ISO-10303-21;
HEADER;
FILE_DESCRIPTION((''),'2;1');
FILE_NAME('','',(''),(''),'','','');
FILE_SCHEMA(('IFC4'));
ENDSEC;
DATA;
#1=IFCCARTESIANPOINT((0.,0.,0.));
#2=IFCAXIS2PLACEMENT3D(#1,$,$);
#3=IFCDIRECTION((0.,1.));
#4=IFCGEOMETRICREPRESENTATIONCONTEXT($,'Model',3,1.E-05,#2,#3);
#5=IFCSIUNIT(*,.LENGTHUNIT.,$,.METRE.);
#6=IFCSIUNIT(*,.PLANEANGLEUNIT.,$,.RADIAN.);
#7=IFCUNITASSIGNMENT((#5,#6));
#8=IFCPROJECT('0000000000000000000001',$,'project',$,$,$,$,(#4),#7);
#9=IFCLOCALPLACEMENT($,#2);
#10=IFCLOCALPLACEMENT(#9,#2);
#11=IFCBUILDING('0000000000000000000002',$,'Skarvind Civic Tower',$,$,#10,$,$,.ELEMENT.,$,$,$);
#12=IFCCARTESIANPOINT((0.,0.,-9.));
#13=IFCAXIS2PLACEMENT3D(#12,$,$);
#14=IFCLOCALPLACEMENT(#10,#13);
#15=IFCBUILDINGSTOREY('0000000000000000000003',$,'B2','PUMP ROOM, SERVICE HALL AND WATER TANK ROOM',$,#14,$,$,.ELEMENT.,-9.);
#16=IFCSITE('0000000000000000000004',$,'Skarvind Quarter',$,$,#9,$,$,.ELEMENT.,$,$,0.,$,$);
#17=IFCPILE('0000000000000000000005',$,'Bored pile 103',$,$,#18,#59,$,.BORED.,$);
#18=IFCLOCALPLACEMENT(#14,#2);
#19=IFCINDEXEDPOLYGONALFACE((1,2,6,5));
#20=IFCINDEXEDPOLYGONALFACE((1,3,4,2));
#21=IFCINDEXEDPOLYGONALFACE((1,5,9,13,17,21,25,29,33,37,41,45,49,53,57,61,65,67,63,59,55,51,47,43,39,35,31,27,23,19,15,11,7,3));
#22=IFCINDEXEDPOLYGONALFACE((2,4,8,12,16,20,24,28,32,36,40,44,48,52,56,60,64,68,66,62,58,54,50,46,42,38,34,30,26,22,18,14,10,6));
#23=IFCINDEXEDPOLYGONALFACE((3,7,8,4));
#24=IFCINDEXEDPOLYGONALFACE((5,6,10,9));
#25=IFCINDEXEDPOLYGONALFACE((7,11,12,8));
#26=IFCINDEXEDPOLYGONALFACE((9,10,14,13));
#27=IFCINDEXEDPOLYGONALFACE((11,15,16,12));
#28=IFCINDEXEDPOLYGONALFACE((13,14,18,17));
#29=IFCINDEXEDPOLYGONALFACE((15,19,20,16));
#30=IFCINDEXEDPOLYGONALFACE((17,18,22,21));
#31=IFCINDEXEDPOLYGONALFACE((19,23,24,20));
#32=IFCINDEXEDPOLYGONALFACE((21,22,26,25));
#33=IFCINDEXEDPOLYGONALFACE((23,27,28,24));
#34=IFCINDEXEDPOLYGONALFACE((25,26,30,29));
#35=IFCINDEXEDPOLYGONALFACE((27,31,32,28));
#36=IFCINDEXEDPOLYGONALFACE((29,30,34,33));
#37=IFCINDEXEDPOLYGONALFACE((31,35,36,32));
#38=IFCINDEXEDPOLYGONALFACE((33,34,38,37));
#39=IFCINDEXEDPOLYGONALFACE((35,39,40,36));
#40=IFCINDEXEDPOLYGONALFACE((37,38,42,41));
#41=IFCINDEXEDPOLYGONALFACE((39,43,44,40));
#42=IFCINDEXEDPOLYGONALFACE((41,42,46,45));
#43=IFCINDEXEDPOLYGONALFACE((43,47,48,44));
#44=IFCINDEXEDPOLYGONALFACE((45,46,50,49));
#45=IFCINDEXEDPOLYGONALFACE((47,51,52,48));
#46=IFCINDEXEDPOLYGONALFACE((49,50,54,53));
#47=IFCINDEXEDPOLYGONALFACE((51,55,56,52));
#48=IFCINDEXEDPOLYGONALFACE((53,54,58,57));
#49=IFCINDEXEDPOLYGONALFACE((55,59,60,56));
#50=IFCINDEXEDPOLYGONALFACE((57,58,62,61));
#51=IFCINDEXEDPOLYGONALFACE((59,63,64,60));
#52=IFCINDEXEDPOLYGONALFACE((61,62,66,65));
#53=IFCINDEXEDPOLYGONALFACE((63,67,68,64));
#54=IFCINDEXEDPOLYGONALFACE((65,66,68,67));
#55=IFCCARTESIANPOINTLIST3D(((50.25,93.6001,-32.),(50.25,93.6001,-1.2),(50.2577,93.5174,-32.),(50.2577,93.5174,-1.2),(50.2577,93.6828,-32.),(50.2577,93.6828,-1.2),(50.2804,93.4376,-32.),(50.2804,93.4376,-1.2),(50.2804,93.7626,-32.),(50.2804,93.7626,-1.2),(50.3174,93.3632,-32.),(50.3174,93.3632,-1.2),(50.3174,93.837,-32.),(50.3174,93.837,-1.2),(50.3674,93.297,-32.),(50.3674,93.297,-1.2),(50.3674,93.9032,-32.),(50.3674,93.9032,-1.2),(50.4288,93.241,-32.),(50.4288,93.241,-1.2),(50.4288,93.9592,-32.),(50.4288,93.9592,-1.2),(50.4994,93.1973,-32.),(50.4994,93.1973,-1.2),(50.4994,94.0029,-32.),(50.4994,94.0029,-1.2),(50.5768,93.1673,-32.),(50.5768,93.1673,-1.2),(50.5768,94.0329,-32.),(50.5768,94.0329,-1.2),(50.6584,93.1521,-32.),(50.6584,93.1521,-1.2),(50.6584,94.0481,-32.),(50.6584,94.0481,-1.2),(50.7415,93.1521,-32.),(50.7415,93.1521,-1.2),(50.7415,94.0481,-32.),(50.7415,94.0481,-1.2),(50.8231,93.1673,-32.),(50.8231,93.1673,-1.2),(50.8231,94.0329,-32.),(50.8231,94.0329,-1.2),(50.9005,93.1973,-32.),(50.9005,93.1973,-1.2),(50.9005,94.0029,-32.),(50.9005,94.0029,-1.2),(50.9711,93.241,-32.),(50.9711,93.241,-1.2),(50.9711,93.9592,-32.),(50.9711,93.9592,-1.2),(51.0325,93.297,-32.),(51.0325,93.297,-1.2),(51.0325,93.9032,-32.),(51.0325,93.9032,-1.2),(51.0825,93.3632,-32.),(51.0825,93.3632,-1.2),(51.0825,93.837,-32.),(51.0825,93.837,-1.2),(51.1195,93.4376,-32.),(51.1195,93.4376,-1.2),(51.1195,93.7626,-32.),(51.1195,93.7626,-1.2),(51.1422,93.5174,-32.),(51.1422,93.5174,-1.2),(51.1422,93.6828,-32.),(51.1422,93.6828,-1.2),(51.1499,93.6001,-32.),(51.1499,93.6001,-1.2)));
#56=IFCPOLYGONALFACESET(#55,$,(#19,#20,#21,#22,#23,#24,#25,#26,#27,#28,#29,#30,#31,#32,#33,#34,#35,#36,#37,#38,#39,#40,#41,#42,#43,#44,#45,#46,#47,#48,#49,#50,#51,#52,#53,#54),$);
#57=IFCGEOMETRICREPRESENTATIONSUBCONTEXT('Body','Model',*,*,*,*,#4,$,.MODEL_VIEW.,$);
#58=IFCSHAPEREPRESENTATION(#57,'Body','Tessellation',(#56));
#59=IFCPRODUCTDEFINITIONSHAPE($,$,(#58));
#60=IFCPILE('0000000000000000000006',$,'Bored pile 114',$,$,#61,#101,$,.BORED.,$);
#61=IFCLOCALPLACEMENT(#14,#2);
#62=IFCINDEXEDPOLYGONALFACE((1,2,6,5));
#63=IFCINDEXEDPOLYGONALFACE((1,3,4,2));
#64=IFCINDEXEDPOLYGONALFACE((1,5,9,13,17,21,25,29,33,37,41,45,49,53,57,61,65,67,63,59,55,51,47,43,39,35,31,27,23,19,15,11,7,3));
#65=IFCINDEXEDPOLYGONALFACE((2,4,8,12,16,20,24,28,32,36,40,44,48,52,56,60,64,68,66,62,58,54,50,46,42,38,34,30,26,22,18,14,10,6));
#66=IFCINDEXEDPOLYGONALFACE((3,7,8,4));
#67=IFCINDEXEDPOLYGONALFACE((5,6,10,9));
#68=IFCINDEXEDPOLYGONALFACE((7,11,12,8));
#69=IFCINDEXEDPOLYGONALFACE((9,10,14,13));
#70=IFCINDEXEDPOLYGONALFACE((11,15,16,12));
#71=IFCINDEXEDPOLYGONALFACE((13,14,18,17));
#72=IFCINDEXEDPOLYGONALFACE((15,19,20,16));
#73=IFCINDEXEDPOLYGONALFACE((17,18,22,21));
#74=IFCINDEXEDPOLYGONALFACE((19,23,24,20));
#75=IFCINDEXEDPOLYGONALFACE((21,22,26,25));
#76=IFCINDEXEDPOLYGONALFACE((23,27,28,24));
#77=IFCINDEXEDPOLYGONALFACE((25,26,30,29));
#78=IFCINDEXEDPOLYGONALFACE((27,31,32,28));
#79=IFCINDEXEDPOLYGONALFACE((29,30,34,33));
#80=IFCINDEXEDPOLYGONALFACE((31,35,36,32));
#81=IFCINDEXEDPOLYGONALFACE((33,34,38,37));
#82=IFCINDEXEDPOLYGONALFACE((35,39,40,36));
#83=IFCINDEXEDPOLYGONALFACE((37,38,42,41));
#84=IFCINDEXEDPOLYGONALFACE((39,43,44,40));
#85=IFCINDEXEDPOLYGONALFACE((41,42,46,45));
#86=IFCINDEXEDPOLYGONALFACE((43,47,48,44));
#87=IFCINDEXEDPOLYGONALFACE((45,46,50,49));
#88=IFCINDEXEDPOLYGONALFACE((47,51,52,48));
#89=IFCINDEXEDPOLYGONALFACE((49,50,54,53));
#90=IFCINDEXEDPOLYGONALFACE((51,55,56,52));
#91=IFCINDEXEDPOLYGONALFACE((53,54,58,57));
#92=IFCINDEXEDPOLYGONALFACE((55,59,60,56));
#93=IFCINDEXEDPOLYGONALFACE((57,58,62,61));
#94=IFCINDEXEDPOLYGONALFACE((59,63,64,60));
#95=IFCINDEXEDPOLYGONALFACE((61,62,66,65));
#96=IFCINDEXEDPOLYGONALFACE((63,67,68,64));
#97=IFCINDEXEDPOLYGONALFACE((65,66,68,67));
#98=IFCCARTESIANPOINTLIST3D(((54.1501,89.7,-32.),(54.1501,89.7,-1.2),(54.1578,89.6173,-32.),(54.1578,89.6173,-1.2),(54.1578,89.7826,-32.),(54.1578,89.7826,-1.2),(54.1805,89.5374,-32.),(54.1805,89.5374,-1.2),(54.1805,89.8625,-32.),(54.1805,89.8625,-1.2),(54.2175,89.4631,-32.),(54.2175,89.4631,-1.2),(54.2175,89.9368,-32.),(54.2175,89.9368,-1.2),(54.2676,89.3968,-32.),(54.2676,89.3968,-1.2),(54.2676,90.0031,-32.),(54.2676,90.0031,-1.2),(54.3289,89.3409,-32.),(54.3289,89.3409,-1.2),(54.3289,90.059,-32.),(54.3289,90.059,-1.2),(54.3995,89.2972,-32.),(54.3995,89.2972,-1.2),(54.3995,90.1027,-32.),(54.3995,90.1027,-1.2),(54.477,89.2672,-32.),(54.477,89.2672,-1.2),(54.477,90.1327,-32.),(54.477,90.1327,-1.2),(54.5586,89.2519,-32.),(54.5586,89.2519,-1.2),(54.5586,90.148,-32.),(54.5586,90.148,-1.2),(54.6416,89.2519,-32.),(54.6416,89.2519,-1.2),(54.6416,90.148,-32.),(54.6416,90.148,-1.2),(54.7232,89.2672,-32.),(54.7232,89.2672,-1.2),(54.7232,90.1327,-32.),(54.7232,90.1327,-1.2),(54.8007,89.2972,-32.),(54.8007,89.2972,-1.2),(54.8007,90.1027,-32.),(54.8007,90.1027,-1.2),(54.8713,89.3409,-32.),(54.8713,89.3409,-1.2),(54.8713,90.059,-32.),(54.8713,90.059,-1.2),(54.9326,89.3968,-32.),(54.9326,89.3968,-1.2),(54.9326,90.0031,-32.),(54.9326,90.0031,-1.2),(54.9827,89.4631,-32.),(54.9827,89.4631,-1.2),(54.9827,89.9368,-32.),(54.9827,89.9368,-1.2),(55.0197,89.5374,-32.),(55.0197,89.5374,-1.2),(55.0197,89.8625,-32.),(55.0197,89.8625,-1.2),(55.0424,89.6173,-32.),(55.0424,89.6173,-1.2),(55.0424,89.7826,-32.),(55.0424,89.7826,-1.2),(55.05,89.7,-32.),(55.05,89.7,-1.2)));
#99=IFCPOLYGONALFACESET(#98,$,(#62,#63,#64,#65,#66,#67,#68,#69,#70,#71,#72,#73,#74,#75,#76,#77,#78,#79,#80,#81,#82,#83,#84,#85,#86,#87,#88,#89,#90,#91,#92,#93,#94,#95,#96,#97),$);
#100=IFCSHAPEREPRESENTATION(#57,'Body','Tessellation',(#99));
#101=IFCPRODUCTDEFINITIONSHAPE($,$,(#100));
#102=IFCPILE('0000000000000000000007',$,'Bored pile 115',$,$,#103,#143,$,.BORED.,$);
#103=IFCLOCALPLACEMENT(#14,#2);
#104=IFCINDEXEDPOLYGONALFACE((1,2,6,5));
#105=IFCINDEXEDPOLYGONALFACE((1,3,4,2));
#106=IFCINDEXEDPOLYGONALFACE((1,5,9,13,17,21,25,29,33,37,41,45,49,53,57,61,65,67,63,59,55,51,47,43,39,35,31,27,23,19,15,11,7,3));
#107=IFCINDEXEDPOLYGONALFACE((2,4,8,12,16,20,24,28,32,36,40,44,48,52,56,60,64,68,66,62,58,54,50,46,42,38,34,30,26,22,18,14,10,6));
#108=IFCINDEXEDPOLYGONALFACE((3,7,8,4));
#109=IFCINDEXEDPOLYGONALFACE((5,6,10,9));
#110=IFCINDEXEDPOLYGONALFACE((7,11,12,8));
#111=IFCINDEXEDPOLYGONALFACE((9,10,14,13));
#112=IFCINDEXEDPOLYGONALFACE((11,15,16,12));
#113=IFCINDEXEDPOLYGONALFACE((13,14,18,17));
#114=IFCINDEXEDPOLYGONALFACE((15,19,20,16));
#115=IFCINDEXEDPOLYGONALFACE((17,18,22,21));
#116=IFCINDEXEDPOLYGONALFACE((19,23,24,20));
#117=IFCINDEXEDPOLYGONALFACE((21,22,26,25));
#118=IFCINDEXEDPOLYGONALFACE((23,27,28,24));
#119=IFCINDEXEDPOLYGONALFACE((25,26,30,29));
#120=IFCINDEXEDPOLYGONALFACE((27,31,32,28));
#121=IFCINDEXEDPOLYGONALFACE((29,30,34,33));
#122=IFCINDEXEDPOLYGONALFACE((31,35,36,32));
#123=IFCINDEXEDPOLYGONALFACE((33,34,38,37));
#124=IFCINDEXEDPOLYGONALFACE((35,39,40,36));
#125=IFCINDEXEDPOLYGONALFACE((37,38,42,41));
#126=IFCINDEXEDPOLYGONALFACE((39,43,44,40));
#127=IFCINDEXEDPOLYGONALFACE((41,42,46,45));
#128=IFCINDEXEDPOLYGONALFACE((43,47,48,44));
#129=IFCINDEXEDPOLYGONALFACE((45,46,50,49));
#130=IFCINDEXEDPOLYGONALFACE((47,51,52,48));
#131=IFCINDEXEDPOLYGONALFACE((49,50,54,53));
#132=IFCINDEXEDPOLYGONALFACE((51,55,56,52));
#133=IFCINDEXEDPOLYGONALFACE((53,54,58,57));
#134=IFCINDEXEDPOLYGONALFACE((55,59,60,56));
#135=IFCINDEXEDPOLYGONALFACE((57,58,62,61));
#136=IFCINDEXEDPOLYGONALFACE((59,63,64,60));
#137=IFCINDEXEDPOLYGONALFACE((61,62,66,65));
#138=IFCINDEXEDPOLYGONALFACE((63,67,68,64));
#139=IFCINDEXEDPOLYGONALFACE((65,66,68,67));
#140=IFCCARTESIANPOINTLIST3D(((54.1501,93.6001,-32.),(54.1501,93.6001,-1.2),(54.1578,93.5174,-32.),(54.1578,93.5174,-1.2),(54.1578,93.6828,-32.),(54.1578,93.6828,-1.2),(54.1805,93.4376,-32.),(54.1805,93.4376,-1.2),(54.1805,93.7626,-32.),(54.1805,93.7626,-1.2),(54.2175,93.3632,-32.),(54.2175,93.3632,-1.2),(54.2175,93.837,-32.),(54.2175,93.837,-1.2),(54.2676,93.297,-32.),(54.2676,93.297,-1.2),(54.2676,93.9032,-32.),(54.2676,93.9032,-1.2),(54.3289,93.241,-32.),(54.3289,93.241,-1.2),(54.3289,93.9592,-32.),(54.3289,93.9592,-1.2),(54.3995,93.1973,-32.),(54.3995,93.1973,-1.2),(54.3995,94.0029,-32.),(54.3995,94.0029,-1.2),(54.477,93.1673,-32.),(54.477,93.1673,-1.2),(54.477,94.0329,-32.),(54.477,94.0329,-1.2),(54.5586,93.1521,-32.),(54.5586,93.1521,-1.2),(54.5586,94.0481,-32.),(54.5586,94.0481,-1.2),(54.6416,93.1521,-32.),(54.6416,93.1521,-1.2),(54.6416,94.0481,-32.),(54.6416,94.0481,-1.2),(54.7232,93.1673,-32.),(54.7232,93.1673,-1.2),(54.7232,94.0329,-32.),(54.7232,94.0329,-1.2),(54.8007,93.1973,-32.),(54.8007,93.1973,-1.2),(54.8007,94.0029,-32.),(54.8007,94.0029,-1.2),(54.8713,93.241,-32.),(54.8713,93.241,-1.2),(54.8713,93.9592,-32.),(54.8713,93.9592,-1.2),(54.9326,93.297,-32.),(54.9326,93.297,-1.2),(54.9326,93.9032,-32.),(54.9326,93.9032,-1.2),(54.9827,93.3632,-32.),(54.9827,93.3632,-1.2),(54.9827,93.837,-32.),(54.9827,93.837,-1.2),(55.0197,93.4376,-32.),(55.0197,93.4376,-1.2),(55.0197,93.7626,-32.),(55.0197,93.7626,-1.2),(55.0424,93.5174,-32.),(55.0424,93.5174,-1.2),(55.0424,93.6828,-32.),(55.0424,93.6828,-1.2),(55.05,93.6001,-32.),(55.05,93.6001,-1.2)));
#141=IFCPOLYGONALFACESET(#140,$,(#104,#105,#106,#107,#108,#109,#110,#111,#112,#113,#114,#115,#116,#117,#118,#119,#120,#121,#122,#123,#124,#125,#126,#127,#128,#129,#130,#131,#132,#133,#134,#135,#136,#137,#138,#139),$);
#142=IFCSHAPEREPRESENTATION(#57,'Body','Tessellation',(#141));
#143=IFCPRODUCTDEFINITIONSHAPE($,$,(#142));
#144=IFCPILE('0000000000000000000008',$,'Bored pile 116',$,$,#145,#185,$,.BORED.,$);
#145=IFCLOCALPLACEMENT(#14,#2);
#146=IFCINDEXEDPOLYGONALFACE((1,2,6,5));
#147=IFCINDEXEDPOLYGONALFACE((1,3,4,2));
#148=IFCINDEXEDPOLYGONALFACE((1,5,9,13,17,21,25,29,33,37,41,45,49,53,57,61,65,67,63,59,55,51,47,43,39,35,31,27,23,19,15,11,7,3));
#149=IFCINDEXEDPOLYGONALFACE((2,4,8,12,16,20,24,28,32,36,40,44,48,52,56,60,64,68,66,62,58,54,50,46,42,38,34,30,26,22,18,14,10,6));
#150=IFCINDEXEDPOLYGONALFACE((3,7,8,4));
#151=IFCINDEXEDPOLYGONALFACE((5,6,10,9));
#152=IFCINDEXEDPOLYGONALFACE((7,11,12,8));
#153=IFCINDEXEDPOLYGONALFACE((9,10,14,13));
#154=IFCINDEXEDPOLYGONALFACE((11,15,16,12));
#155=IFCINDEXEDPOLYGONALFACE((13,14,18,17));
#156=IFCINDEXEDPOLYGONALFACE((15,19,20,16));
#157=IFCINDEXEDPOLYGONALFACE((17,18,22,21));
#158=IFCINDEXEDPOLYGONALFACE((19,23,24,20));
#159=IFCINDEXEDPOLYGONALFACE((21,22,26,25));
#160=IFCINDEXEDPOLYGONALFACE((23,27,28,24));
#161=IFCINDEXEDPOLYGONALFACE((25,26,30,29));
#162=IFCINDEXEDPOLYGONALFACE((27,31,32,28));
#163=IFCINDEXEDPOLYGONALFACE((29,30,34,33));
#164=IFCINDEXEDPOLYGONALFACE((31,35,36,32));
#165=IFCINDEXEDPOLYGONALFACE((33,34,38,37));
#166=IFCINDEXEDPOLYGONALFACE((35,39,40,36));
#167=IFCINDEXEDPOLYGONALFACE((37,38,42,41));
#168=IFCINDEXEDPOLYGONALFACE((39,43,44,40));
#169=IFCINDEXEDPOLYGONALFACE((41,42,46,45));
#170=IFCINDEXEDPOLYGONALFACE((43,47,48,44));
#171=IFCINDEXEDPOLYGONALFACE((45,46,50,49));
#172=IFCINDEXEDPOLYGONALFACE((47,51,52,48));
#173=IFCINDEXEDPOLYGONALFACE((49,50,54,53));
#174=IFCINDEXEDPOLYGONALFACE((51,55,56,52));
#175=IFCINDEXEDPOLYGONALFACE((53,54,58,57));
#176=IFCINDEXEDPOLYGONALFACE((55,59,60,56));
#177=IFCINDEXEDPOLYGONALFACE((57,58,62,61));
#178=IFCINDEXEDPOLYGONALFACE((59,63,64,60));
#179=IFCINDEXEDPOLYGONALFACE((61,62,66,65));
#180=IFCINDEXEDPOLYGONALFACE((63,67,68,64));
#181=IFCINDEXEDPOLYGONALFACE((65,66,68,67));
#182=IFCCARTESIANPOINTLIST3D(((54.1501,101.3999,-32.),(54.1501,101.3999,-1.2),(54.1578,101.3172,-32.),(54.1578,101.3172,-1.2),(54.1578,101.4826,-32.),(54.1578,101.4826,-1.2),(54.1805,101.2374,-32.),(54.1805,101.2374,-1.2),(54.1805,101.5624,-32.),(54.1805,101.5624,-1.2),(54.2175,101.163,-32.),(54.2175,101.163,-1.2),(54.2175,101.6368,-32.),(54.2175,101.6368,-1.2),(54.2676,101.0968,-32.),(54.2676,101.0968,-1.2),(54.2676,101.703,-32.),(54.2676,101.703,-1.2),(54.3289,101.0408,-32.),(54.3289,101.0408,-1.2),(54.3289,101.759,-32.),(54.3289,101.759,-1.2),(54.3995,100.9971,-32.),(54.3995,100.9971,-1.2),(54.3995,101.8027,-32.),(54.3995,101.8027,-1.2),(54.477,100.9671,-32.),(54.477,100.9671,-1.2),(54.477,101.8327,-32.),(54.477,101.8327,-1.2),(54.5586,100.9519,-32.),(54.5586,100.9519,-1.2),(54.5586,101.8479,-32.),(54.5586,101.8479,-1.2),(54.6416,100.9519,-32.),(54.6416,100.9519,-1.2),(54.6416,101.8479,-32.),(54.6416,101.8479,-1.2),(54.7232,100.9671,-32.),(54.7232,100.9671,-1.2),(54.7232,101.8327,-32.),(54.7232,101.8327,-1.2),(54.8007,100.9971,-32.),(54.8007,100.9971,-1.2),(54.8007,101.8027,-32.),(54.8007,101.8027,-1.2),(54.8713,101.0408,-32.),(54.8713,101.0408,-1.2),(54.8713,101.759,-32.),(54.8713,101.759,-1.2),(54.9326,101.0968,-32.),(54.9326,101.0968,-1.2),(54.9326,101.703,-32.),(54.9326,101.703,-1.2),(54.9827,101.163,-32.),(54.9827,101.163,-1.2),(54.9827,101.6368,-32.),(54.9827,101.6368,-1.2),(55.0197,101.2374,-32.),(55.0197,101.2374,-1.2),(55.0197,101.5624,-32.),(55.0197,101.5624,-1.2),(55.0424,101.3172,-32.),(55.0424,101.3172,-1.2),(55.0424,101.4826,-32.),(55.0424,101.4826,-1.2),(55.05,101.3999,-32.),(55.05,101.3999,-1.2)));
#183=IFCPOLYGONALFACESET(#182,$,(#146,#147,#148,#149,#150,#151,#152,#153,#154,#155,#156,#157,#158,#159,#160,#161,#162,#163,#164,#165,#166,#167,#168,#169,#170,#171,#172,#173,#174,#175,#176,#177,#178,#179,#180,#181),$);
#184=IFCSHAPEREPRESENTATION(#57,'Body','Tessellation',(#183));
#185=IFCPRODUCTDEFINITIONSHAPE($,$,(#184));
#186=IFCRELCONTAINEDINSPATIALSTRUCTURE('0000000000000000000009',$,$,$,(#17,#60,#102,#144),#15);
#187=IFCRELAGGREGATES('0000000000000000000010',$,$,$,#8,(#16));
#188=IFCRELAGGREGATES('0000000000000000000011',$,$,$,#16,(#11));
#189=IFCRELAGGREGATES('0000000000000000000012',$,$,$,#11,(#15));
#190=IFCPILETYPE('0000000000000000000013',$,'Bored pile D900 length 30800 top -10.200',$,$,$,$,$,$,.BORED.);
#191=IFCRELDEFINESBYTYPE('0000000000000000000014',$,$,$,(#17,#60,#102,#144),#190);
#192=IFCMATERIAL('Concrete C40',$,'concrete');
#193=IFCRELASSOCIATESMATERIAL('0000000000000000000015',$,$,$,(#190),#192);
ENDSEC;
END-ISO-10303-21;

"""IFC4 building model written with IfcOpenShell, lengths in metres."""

from ifc_helpers import new_model, si_unit, direction, frame, origin, origin_2d, place, context, subcontext, project, spatial, circle, extrude, material, type_object, element, save


model = new_model("IFC4")

# Units and contexts
model_context = context("Model", 3, precision=1e-05, world=origin(), true_north=direction((0.0, 1.0)))
body_context = subcontext(model_context, "Body", "Model", "MODEL_VIEW")
ifc_project = project(units=[si_unit("LENGTHUNIT", "METRE"), si_unit("PLANEANGLEUNIT", "RADIAN")], contexts=[model_context])

# Site, building, storey
site_placement = place(None, origin())
site = spatial("IfcSite", under=ifc_project, at=site_placement, Name="Skarvind Quarter", CompositionType="ELEMENT", RefElevation=0.0)
building_placement = place(site_placement, origin())
building = spatial("IfcBuilding", under=site, at=building_placement, Name="Skarvind Civic Tower", CompositionType="ELEMENT")
storey_placement = place(building_placement, frame((0.0, 0.0, -9.0)))
storey = spatial("IfcBuildingStorey", under=building, at=storey_placement, Name="B2", Description="PUMP ROOM, SERVICE HALL AND WATER TANK ROOM", CompositionType="ELEMENT", Elevation=-9.0)

# Piles
ifc_material_1 = material(Name="Concrete C40", Category="concrete")
pile_type_1 = type_object("IfcPileType", Name="Bored pile D900 length 30800 top -10.200", PredefinedType="BORED", material=ifc_material_1)
for number, where, z_axis, x_axis, name in (
    (1, (50.7, 93.6001, -1.2), (0.0, 0.0, -1.0), (1.0, 0.0, 0.0), "Bored pile 103"),
    (2, (54.6001, 89.7, -1.2), (0.0, 0.0, -1.0), (1.0, 0.0, 0.0), "Bored pile 114"),
    (3, (54.6001, 93.6001, -1.2), (0.0, 0.0, -1.0), (1.0, 0.0, 0.0), "Bored pile 115"),
    (4, (54.6001, 101.3999, -1.2), (0.0, 0.0, -1.0), (1.0, 0.0, 0.0), "Bored pile 116"),
):
    element("IfcPile", number, at=place(storey_placement, frame(where, z_axis=z_axis, x_axis=x_axis)), inside=storey, type_object=pile_type_1, Name=name, PredefinedType="BORED", context=body_context, shape_type="SweptSolid", body=[
        extrude(circle(Radius=0.45, at=origin_2d()), origin(), (0.0, 0.0, 1.0), 30.8),
    ])

save(model, "model.ifc")
